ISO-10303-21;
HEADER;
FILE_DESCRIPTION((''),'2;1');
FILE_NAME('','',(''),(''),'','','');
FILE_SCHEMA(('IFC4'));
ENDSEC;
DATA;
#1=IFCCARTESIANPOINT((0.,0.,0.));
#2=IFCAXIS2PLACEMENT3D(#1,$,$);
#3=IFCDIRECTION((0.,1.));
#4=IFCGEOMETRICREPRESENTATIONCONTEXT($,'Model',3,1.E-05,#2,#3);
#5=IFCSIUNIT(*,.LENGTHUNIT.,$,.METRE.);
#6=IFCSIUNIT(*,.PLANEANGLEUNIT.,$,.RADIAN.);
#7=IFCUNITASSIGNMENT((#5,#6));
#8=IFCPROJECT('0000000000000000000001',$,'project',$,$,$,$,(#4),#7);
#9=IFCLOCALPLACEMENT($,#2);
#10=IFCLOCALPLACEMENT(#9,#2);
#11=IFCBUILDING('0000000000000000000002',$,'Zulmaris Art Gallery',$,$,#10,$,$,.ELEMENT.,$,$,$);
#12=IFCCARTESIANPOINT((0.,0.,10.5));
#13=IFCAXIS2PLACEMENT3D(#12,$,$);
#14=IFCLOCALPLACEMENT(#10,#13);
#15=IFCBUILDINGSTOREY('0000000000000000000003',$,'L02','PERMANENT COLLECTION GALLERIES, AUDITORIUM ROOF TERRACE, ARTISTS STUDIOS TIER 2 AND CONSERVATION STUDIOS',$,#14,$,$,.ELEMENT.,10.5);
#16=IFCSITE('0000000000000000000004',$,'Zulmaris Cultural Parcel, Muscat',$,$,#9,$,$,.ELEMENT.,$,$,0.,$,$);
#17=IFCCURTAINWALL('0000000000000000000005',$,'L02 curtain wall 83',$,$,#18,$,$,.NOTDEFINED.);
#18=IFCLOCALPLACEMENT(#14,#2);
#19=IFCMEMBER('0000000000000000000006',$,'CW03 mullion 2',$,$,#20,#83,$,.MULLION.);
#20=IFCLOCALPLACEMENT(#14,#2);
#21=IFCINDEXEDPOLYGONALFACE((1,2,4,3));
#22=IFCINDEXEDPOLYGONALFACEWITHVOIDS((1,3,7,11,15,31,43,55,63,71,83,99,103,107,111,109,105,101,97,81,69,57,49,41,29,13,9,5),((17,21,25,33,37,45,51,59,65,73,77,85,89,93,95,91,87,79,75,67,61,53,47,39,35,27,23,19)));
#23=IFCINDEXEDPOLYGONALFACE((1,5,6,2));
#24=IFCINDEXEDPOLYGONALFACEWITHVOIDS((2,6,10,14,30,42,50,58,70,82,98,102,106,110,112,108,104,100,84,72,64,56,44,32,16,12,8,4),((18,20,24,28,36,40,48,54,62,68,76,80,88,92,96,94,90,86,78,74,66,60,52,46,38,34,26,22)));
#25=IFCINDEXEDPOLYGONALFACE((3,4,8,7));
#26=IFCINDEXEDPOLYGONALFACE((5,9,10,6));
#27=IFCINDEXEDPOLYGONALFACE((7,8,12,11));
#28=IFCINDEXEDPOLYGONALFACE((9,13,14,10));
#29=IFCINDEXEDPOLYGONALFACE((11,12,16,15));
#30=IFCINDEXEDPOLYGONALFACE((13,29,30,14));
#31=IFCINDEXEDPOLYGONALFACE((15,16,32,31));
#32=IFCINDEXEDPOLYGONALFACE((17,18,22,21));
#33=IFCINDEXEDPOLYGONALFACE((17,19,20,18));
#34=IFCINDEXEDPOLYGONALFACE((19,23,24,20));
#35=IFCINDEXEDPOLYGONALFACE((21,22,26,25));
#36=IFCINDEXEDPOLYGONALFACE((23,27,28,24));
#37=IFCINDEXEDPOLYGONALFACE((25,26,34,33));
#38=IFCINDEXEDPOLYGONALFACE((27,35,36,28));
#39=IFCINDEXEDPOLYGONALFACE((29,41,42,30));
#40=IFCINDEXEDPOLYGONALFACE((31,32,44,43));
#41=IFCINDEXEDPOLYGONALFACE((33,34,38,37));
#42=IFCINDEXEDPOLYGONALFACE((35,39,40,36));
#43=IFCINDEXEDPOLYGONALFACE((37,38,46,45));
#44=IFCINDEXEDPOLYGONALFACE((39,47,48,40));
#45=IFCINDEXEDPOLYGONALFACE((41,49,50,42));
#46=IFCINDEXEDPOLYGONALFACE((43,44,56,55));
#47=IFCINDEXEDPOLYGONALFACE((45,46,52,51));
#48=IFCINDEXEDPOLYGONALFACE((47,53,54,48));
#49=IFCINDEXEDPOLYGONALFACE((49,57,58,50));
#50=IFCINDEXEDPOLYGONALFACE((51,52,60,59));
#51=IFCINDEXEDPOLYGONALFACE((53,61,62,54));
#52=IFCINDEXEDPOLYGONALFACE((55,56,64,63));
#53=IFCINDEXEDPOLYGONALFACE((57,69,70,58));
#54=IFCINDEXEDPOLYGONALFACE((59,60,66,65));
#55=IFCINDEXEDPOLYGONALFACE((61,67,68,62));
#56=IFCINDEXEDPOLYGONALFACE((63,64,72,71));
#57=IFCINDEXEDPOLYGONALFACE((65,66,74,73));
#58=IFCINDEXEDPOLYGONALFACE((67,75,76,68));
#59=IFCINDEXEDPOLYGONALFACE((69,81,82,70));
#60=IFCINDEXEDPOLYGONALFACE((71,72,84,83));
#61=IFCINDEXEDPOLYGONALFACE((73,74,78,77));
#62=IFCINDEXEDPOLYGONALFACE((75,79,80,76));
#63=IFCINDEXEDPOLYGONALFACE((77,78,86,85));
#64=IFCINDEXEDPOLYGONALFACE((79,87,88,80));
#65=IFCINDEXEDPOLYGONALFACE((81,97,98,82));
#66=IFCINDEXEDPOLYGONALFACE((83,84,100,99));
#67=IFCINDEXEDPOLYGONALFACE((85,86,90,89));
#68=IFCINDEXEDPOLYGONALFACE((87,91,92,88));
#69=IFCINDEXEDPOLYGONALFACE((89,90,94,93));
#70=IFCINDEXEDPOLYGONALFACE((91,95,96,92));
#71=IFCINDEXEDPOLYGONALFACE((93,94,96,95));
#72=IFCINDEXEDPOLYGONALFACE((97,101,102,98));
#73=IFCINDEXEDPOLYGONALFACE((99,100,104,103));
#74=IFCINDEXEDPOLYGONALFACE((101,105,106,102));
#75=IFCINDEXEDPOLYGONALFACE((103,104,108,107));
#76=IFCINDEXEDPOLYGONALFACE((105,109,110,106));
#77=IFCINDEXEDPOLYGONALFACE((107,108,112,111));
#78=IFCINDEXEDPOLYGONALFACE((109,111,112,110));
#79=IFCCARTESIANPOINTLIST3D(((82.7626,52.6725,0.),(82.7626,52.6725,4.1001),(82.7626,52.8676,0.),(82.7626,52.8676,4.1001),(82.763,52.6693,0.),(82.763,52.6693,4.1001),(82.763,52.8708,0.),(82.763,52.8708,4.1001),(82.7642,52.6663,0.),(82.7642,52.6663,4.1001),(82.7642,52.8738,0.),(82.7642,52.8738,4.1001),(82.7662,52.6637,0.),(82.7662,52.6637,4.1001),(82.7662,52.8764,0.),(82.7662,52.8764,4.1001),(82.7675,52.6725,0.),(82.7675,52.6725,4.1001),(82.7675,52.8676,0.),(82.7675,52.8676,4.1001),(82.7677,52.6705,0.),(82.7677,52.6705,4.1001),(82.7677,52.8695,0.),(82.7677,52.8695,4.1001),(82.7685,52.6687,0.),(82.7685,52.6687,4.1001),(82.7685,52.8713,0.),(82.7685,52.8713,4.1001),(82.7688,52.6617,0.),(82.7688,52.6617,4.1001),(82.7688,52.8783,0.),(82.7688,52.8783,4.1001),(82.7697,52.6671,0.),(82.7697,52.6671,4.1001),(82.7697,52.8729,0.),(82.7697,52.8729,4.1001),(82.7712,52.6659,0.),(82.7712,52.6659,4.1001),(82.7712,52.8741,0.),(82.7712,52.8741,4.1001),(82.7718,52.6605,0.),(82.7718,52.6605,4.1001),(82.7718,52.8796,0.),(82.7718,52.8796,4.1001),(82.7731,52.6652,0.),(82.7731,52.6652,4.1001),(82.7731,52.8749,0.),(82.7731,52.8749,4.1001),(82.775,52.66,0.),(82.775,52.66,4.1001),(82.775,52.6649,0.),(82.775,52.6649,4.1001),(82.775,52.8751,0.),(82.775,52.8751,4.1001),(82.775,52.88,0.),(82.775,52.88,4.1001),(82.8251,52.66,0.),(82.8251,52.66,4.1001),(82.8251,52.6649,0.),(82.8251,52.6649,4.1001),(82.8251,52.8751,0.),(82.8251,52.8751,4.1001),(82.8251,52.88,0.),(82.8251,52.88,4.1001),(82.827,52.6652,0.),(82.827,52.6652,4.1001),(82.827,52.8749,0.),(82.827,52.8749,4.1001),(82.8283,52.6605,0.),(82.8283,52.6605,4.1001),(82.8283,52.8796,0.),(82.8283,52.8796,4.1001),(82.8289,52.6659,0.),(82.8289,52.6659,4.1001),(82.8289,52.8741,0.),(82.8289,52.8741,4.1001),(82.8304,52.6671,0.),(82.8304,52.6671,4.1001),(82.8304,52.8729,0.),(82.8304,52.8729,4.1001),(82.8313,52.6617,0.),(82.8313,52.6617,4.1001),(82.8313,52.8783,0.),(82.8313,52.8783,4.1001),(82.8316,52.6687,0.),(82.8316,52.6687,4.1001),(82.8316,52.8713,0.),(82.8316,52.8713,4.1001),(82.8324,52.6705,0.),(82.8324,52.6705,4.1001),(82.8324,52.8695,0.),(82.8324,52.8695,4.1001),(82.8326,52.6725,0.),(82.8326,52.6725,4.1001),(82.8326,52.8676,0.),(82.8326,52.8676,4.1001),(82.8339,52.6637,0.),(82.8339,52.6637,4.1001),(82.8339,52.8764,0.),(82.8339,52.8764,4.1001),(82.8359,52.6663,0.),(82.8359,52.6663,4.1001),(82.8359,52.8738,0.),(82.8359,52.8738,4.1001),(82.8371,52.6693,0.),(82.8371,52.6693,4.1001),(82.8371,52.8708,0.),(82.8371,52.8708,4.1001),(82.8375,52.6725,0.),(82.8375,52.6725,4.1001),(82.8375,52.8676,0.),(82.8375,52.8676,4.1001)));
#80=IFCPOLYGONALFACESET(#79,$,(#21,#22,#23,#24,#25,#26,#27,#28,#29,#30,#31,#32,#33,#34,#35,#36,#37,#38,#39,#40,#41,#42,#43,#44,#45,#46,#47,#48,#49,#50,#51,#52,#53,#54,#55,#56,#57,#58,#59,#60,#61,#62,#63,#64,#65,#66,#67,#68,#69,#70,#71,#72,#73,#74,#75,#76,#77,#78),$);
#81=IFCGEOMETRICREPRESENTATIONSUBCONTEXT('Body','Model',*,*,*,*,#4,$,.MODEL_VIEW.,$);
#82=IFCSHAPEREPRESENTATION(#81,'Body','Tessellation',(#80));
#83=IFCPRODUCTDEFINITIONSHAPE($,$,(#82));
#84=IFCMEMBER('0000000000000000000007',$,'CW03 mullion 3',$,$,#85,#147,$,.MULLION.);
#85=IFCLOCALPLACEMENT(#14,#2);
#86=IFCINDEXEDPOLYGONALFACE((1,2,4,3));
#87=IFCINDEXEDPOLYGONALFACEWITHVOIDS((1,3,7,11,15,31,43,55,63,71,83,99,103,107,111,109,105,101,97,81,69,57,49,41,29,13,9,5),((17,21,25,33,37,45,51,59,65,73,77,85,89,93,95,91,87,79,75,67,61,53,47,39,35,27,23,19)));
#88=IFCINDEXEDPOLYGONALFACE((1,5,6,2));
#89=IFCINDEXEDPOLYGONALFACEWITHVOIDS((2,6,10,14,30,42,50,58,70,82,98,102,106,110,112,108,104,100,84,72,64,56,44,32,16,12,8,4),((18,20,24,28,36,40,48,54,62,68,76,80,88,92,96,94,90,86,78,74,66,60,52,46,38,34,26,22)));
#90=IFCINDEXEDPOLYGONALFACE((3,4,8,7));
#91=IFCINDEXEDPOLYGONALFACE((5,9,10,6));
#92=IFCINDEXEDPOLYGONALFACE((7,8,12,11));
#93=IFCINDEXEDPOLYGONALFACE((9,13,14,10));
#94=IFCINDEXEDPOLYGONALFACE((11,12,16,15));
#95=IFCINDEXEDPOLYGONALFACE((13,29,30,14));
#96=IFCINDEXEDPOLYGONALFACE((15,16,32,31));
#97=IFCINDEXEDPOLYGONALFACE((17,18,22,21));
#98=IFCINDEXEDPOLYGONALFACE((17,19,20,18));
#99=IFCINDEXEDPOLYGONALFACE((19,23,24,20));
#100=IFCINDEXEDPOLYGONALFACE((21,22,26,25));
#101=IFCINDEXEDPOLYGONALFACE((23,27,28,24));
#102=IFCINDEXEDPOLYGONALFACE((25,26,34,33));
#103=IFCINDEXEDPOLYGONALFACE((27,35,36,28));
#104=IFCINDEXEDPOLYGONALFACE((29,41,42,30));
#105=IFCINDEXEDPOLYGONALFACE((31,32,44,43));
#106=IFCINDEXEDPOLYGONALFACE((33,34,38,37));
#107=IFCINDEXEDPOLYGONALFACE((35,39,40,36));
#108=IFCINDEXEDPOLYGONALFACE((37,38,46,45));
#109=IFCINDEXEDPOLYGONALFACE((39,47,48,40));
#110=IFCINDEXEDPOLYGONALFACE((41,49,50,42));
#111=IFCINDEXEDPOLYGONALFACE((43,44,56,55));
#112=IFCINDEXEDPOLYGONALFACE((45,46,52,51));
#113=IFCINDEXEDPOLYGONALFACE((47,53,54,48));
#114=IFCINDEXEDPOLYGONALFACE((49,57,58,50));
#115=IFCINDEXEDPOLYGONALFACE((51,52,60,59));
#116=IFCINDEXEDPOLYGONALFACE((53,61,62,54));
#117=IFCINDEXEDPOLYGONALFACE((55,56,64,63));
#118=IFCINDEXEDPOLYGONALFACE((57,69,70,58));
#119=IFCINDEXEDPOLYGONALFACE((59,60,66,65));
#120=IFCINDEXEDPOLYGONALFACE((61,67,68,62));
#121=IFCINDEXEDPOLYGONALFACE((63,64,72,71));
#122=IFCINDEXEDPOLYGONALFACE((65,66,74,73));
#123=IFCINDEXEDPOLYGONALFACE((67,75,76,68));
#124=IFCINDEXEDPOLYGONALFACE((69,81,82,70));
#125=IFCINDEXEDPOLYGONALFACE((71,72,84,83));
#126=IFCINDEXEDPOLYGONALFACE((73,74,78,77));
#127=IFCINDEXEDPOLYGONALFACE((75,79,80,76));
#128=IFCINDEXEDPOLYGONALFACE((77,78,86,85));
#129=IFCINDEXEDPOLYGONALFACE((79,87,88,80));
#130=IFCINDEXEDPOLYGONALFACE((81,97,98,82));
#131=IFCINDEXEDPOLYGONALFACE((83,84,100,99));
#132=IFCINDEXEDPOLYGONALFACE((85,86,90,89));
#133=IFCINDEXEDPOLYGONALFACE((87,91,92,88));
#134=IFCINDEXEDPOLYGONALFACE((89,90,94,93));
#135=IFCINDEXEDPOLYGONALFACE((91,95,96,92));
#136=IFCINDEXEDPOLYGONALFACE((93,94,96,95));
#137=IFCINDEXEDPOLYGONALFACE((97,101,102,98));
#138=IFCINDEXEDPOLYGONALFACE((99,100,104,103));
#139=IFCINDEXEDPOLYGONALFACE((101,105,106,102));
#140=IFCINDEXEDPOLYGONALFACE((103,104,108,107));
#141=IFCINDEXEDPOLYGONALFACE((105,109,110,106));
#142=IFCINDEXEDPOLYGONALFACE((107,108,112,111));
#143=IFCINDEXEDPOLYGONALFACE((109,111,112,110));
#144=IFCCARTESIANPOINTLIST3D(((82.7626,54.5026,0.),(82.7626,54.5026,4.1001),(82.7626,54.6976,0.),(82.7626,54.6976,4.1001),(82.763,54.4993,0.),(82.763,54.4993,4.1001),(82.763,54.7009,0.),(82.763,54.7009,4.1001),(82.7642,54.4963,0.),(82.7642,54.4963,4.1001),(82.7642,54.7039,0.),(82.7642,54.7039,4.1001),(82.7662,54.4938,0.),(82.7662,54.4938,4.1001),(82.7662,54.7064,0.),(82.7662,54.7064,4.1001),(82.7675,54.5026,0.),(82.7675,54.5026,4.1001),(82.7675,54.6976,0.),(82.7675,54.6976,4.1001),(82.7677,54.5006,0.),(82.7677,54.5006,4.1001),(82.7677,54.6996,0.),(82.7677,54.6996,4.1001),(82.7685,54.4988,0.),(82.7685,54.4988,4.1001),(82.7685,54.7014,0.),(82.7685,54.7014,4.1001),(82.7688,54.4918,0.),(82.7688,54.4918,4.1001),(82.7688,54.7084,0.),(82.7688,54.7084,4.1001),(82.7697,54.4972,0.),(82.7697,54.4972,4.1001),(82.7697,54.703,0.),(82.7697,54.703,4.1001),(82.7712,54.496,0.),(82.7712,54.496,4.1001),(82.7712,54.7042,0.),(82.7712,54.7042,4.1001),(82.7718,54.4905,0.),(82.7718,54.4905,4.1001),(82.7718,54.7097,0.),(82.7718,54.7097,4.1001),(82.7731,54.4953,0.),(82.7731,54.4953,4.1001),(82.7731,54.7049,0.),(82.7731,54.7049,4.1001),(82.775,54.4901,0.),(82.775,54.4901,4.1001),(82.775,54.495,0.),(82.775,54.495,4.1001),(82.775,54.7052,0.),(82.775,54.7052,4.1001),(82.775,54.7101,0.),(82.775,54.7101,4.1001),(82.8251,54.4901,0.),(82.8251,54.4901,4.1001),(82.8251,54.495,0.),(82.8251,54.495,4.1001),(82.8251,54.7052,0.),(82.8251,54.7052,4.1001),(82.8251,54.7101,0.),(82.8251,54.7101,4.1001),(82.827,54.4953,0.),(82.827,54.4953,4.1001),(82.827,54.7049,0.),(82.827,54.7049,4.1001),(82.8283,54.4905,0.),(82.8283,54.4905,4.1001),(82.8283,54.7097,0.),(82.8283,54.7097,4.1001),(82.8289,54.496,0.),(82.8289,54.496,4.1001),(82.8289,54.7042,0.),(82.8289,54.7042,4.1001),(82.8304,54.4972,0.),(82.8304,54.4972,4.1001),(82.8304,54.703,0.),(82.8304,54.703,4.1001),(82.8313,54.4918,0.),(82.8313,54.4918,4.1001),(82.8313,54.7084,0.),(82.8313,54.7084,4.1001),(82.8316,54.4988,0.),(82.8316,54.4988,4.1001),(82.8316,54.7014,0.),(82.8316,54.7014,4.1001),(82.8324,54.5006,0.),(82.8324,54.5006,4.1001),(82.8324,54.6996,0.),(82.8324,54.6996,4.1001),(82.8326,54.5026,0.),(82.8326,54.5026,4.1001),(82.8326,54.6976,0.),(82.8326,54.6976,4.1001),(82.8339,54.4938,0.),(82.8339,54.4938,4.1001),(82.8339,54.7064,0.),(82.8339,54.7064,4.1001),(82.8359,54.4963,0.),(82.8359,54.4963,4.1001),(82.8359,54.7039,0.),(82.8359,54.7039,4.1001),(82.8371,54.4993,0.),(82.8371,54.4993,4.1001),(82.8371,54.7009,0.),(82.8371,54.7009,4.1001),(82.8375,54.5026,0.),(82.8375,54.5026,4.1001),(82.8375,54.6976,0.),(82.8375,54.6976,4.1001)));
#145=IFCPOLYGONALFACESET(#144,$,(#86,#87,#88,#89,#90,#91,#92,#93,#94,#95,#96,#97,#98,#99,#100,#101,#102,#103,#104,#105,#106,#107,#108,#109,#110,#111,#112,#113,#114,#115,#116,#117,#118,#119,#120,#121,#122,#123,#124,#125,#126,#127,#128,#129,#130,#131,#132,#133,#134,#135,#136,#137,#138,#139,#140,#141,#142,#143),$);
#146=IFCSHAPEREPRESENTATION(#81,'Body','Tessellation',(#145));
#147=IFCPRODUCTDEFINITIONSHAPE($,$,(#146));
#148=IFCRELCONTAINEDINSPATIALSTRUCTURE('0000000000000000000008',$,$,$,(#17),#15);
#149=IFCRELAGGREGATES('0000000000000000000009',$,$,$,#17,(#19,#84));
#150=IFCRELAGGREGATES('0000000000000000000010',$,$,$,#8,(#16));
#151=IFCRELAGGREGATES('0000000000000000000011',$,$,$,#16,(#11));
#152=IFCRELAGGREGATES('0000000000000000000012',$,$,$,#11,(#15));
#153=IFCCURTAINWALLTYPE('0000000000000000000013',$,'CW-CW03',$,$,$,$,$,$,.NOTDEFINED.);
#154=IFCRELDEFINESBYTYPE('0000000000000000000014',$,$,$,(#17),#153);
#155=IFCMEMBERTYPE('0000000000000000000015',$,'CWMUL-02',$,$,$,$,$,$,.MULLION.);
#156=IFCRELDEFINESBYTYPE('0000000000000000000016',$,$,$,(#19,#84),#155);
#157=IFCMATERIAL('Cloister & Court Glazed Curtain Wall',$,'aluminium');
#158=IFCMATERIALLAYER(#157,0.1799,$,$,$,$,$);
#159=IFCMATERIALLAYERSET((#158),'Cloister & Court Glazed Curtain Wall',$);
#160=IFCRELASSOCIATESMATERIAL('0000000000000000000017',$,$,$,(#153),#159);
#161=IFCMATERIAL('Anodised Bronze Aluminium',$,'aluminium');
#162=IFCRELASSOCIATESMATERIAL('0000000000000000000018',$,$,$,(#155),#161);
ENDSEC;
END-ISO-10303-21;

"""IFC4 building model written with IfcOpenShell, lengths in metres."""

from ifc_helpers import new_model, si_unit, direction, frame, origin, origin_2d, place, context, subcontext, project, spatial, hollow_rectangle, extrude, material, layer, layer_set, material_profile, profile_set, type_object, element, aggregate, save


model = new_model("IFC4")

# Units and contexts
model_context = context("Model", 3, precision=1e-05, world=origin(), true_north=direction((0.0, 1.0)))
body_context = subcontext(model_context, "Body", "Model", "MODEL_VIEW")
ifc_project = project(units=[si_unit("LENGTHUNIT", "METRE"), si_unit("PLANEANGLEUNIT", "RADIAN")], contexts=[model_context])

# Site, building, storey
site_placement = place(None, origin())
site = spatial("IfcSite", under=ifc_project, at=site_placement, Name="Zulmaris Cultural Parcel, Muscat", CompositionType="ELEMENT", RefElevation=0.0)
building_placement = place(site_placement, origin())
building = spatial("IfcBuilding", under=site, at=building_placement, Name="Zulmaris Art Gallery", CompositionType="ELEMENT")
storey_placement = place(building_placement, frame((0.0, 0.0, 10.5)))
storey = spatial("IfcBuildingStorey", under=building, at=storey_placement, Name="L02", Description="PERMANENT COLLECTION GALLERIES, AUDITORIUM ROOF TERRACE, ARTISTS STUDIOS TIER 2 AND CONSERVATION STUDIOS", CompositionType="ELEMENT", Elevation=10.5)

# Curtain wall, members
ifc_material_1 = material(Name="Cloister & Court Glazed Curtain Wall", Category="aluminium")
ifc_layer_1 = layer(ifc_material_1, 0.1799)
ifc_layer_set_1 = layer_set([ifc_layer_1], Name="Cloister & Court Glazed Curtain Wall")
curtain_wall_type = type_object("IfcCurtainWallType", Name="CW-CW03", PredefinedType="NOTDEFINED", material=ifc_layer_set_1)
curtain_wall_1_placement = place(storey_placement, origin())
curtain_wall_1 = element("IfcCurtainWall", 1, at=curtain_wall_1_placement, inside=storey, type_object=curtain_wall_type, Name="L02 curtain wall 83", PredefinedType="NOTDEFINED")
ifc_material_2 = material(Name="Anodised Bronze Aluminium", Category="aluminium")
ifc_material_profile_1 = material_profile(ifc_material_2, hollow_rectangle(XDim=0.075, YDim=0.22, WallThickness=0.0049, InnerFilletRadius=0.0076, OuterFilletRadius=0.0125, at=origin_2d()), Name="ALU 75x220x5")
ifc_profile_set_1 = profile_set([ifc_material_profile_1], Name="Anodised Bronze Aluminium")
member_type_1 = type_object("IfcMemberType", Name="CWMUL-02", PredefinedType="MULLION", material=ifc_profile_set_1)
member_1_placement = place(storey_placement, frame((82.8, 52.77, 0.0), z_axis=(0.0, 0.0, 1.0), x_axis=(-1.0, 0.0, 0.0)))
member_1 = element("IfcMember", 2, at=member_1_placement, type_object=member_type_1, Name="CW03 mullion 2", PredefinedType="MULLION", context=body_context, shape_type="SweptSolid", body=[
    extrude(hollow_rectangle(XDim=0.075, YDim=0.22, WallThickness=0.0049, InnerFilletRadius=0.0076, OuterFilletRadius=0.0125, at=origin_2d()), origin(), (0.0, 0.0, 1.0), 4.1001),
])
member_2_placement = place(storey_placement, frame((82.8, 54.6001, 0.0), z_axis=(0.0, 0.0, 1.0), x_axis=(-1.0, 0.0, 0.0)))
member_2 = element("IfcMember", 3, at=member_2_placement, type_object=member_type_1, Name="CW03 mullion 3", PredefinedType="MULLION", context=body_context, shape_type="SweptSolid", body=[
    extrude(hollow_rectangle(XDim=0.075, YDim=0.22, WallThickness=0.0049, InnerFilletRadius=0.0076, OuterFilletRadius=0.0125, at=origin_2d()), origin(), (0.0, 0.0, 1.0), 4.1001),
])

aggregate(curtain_wall_1, [member_1, member_2])

save(model, "model.ifc")
